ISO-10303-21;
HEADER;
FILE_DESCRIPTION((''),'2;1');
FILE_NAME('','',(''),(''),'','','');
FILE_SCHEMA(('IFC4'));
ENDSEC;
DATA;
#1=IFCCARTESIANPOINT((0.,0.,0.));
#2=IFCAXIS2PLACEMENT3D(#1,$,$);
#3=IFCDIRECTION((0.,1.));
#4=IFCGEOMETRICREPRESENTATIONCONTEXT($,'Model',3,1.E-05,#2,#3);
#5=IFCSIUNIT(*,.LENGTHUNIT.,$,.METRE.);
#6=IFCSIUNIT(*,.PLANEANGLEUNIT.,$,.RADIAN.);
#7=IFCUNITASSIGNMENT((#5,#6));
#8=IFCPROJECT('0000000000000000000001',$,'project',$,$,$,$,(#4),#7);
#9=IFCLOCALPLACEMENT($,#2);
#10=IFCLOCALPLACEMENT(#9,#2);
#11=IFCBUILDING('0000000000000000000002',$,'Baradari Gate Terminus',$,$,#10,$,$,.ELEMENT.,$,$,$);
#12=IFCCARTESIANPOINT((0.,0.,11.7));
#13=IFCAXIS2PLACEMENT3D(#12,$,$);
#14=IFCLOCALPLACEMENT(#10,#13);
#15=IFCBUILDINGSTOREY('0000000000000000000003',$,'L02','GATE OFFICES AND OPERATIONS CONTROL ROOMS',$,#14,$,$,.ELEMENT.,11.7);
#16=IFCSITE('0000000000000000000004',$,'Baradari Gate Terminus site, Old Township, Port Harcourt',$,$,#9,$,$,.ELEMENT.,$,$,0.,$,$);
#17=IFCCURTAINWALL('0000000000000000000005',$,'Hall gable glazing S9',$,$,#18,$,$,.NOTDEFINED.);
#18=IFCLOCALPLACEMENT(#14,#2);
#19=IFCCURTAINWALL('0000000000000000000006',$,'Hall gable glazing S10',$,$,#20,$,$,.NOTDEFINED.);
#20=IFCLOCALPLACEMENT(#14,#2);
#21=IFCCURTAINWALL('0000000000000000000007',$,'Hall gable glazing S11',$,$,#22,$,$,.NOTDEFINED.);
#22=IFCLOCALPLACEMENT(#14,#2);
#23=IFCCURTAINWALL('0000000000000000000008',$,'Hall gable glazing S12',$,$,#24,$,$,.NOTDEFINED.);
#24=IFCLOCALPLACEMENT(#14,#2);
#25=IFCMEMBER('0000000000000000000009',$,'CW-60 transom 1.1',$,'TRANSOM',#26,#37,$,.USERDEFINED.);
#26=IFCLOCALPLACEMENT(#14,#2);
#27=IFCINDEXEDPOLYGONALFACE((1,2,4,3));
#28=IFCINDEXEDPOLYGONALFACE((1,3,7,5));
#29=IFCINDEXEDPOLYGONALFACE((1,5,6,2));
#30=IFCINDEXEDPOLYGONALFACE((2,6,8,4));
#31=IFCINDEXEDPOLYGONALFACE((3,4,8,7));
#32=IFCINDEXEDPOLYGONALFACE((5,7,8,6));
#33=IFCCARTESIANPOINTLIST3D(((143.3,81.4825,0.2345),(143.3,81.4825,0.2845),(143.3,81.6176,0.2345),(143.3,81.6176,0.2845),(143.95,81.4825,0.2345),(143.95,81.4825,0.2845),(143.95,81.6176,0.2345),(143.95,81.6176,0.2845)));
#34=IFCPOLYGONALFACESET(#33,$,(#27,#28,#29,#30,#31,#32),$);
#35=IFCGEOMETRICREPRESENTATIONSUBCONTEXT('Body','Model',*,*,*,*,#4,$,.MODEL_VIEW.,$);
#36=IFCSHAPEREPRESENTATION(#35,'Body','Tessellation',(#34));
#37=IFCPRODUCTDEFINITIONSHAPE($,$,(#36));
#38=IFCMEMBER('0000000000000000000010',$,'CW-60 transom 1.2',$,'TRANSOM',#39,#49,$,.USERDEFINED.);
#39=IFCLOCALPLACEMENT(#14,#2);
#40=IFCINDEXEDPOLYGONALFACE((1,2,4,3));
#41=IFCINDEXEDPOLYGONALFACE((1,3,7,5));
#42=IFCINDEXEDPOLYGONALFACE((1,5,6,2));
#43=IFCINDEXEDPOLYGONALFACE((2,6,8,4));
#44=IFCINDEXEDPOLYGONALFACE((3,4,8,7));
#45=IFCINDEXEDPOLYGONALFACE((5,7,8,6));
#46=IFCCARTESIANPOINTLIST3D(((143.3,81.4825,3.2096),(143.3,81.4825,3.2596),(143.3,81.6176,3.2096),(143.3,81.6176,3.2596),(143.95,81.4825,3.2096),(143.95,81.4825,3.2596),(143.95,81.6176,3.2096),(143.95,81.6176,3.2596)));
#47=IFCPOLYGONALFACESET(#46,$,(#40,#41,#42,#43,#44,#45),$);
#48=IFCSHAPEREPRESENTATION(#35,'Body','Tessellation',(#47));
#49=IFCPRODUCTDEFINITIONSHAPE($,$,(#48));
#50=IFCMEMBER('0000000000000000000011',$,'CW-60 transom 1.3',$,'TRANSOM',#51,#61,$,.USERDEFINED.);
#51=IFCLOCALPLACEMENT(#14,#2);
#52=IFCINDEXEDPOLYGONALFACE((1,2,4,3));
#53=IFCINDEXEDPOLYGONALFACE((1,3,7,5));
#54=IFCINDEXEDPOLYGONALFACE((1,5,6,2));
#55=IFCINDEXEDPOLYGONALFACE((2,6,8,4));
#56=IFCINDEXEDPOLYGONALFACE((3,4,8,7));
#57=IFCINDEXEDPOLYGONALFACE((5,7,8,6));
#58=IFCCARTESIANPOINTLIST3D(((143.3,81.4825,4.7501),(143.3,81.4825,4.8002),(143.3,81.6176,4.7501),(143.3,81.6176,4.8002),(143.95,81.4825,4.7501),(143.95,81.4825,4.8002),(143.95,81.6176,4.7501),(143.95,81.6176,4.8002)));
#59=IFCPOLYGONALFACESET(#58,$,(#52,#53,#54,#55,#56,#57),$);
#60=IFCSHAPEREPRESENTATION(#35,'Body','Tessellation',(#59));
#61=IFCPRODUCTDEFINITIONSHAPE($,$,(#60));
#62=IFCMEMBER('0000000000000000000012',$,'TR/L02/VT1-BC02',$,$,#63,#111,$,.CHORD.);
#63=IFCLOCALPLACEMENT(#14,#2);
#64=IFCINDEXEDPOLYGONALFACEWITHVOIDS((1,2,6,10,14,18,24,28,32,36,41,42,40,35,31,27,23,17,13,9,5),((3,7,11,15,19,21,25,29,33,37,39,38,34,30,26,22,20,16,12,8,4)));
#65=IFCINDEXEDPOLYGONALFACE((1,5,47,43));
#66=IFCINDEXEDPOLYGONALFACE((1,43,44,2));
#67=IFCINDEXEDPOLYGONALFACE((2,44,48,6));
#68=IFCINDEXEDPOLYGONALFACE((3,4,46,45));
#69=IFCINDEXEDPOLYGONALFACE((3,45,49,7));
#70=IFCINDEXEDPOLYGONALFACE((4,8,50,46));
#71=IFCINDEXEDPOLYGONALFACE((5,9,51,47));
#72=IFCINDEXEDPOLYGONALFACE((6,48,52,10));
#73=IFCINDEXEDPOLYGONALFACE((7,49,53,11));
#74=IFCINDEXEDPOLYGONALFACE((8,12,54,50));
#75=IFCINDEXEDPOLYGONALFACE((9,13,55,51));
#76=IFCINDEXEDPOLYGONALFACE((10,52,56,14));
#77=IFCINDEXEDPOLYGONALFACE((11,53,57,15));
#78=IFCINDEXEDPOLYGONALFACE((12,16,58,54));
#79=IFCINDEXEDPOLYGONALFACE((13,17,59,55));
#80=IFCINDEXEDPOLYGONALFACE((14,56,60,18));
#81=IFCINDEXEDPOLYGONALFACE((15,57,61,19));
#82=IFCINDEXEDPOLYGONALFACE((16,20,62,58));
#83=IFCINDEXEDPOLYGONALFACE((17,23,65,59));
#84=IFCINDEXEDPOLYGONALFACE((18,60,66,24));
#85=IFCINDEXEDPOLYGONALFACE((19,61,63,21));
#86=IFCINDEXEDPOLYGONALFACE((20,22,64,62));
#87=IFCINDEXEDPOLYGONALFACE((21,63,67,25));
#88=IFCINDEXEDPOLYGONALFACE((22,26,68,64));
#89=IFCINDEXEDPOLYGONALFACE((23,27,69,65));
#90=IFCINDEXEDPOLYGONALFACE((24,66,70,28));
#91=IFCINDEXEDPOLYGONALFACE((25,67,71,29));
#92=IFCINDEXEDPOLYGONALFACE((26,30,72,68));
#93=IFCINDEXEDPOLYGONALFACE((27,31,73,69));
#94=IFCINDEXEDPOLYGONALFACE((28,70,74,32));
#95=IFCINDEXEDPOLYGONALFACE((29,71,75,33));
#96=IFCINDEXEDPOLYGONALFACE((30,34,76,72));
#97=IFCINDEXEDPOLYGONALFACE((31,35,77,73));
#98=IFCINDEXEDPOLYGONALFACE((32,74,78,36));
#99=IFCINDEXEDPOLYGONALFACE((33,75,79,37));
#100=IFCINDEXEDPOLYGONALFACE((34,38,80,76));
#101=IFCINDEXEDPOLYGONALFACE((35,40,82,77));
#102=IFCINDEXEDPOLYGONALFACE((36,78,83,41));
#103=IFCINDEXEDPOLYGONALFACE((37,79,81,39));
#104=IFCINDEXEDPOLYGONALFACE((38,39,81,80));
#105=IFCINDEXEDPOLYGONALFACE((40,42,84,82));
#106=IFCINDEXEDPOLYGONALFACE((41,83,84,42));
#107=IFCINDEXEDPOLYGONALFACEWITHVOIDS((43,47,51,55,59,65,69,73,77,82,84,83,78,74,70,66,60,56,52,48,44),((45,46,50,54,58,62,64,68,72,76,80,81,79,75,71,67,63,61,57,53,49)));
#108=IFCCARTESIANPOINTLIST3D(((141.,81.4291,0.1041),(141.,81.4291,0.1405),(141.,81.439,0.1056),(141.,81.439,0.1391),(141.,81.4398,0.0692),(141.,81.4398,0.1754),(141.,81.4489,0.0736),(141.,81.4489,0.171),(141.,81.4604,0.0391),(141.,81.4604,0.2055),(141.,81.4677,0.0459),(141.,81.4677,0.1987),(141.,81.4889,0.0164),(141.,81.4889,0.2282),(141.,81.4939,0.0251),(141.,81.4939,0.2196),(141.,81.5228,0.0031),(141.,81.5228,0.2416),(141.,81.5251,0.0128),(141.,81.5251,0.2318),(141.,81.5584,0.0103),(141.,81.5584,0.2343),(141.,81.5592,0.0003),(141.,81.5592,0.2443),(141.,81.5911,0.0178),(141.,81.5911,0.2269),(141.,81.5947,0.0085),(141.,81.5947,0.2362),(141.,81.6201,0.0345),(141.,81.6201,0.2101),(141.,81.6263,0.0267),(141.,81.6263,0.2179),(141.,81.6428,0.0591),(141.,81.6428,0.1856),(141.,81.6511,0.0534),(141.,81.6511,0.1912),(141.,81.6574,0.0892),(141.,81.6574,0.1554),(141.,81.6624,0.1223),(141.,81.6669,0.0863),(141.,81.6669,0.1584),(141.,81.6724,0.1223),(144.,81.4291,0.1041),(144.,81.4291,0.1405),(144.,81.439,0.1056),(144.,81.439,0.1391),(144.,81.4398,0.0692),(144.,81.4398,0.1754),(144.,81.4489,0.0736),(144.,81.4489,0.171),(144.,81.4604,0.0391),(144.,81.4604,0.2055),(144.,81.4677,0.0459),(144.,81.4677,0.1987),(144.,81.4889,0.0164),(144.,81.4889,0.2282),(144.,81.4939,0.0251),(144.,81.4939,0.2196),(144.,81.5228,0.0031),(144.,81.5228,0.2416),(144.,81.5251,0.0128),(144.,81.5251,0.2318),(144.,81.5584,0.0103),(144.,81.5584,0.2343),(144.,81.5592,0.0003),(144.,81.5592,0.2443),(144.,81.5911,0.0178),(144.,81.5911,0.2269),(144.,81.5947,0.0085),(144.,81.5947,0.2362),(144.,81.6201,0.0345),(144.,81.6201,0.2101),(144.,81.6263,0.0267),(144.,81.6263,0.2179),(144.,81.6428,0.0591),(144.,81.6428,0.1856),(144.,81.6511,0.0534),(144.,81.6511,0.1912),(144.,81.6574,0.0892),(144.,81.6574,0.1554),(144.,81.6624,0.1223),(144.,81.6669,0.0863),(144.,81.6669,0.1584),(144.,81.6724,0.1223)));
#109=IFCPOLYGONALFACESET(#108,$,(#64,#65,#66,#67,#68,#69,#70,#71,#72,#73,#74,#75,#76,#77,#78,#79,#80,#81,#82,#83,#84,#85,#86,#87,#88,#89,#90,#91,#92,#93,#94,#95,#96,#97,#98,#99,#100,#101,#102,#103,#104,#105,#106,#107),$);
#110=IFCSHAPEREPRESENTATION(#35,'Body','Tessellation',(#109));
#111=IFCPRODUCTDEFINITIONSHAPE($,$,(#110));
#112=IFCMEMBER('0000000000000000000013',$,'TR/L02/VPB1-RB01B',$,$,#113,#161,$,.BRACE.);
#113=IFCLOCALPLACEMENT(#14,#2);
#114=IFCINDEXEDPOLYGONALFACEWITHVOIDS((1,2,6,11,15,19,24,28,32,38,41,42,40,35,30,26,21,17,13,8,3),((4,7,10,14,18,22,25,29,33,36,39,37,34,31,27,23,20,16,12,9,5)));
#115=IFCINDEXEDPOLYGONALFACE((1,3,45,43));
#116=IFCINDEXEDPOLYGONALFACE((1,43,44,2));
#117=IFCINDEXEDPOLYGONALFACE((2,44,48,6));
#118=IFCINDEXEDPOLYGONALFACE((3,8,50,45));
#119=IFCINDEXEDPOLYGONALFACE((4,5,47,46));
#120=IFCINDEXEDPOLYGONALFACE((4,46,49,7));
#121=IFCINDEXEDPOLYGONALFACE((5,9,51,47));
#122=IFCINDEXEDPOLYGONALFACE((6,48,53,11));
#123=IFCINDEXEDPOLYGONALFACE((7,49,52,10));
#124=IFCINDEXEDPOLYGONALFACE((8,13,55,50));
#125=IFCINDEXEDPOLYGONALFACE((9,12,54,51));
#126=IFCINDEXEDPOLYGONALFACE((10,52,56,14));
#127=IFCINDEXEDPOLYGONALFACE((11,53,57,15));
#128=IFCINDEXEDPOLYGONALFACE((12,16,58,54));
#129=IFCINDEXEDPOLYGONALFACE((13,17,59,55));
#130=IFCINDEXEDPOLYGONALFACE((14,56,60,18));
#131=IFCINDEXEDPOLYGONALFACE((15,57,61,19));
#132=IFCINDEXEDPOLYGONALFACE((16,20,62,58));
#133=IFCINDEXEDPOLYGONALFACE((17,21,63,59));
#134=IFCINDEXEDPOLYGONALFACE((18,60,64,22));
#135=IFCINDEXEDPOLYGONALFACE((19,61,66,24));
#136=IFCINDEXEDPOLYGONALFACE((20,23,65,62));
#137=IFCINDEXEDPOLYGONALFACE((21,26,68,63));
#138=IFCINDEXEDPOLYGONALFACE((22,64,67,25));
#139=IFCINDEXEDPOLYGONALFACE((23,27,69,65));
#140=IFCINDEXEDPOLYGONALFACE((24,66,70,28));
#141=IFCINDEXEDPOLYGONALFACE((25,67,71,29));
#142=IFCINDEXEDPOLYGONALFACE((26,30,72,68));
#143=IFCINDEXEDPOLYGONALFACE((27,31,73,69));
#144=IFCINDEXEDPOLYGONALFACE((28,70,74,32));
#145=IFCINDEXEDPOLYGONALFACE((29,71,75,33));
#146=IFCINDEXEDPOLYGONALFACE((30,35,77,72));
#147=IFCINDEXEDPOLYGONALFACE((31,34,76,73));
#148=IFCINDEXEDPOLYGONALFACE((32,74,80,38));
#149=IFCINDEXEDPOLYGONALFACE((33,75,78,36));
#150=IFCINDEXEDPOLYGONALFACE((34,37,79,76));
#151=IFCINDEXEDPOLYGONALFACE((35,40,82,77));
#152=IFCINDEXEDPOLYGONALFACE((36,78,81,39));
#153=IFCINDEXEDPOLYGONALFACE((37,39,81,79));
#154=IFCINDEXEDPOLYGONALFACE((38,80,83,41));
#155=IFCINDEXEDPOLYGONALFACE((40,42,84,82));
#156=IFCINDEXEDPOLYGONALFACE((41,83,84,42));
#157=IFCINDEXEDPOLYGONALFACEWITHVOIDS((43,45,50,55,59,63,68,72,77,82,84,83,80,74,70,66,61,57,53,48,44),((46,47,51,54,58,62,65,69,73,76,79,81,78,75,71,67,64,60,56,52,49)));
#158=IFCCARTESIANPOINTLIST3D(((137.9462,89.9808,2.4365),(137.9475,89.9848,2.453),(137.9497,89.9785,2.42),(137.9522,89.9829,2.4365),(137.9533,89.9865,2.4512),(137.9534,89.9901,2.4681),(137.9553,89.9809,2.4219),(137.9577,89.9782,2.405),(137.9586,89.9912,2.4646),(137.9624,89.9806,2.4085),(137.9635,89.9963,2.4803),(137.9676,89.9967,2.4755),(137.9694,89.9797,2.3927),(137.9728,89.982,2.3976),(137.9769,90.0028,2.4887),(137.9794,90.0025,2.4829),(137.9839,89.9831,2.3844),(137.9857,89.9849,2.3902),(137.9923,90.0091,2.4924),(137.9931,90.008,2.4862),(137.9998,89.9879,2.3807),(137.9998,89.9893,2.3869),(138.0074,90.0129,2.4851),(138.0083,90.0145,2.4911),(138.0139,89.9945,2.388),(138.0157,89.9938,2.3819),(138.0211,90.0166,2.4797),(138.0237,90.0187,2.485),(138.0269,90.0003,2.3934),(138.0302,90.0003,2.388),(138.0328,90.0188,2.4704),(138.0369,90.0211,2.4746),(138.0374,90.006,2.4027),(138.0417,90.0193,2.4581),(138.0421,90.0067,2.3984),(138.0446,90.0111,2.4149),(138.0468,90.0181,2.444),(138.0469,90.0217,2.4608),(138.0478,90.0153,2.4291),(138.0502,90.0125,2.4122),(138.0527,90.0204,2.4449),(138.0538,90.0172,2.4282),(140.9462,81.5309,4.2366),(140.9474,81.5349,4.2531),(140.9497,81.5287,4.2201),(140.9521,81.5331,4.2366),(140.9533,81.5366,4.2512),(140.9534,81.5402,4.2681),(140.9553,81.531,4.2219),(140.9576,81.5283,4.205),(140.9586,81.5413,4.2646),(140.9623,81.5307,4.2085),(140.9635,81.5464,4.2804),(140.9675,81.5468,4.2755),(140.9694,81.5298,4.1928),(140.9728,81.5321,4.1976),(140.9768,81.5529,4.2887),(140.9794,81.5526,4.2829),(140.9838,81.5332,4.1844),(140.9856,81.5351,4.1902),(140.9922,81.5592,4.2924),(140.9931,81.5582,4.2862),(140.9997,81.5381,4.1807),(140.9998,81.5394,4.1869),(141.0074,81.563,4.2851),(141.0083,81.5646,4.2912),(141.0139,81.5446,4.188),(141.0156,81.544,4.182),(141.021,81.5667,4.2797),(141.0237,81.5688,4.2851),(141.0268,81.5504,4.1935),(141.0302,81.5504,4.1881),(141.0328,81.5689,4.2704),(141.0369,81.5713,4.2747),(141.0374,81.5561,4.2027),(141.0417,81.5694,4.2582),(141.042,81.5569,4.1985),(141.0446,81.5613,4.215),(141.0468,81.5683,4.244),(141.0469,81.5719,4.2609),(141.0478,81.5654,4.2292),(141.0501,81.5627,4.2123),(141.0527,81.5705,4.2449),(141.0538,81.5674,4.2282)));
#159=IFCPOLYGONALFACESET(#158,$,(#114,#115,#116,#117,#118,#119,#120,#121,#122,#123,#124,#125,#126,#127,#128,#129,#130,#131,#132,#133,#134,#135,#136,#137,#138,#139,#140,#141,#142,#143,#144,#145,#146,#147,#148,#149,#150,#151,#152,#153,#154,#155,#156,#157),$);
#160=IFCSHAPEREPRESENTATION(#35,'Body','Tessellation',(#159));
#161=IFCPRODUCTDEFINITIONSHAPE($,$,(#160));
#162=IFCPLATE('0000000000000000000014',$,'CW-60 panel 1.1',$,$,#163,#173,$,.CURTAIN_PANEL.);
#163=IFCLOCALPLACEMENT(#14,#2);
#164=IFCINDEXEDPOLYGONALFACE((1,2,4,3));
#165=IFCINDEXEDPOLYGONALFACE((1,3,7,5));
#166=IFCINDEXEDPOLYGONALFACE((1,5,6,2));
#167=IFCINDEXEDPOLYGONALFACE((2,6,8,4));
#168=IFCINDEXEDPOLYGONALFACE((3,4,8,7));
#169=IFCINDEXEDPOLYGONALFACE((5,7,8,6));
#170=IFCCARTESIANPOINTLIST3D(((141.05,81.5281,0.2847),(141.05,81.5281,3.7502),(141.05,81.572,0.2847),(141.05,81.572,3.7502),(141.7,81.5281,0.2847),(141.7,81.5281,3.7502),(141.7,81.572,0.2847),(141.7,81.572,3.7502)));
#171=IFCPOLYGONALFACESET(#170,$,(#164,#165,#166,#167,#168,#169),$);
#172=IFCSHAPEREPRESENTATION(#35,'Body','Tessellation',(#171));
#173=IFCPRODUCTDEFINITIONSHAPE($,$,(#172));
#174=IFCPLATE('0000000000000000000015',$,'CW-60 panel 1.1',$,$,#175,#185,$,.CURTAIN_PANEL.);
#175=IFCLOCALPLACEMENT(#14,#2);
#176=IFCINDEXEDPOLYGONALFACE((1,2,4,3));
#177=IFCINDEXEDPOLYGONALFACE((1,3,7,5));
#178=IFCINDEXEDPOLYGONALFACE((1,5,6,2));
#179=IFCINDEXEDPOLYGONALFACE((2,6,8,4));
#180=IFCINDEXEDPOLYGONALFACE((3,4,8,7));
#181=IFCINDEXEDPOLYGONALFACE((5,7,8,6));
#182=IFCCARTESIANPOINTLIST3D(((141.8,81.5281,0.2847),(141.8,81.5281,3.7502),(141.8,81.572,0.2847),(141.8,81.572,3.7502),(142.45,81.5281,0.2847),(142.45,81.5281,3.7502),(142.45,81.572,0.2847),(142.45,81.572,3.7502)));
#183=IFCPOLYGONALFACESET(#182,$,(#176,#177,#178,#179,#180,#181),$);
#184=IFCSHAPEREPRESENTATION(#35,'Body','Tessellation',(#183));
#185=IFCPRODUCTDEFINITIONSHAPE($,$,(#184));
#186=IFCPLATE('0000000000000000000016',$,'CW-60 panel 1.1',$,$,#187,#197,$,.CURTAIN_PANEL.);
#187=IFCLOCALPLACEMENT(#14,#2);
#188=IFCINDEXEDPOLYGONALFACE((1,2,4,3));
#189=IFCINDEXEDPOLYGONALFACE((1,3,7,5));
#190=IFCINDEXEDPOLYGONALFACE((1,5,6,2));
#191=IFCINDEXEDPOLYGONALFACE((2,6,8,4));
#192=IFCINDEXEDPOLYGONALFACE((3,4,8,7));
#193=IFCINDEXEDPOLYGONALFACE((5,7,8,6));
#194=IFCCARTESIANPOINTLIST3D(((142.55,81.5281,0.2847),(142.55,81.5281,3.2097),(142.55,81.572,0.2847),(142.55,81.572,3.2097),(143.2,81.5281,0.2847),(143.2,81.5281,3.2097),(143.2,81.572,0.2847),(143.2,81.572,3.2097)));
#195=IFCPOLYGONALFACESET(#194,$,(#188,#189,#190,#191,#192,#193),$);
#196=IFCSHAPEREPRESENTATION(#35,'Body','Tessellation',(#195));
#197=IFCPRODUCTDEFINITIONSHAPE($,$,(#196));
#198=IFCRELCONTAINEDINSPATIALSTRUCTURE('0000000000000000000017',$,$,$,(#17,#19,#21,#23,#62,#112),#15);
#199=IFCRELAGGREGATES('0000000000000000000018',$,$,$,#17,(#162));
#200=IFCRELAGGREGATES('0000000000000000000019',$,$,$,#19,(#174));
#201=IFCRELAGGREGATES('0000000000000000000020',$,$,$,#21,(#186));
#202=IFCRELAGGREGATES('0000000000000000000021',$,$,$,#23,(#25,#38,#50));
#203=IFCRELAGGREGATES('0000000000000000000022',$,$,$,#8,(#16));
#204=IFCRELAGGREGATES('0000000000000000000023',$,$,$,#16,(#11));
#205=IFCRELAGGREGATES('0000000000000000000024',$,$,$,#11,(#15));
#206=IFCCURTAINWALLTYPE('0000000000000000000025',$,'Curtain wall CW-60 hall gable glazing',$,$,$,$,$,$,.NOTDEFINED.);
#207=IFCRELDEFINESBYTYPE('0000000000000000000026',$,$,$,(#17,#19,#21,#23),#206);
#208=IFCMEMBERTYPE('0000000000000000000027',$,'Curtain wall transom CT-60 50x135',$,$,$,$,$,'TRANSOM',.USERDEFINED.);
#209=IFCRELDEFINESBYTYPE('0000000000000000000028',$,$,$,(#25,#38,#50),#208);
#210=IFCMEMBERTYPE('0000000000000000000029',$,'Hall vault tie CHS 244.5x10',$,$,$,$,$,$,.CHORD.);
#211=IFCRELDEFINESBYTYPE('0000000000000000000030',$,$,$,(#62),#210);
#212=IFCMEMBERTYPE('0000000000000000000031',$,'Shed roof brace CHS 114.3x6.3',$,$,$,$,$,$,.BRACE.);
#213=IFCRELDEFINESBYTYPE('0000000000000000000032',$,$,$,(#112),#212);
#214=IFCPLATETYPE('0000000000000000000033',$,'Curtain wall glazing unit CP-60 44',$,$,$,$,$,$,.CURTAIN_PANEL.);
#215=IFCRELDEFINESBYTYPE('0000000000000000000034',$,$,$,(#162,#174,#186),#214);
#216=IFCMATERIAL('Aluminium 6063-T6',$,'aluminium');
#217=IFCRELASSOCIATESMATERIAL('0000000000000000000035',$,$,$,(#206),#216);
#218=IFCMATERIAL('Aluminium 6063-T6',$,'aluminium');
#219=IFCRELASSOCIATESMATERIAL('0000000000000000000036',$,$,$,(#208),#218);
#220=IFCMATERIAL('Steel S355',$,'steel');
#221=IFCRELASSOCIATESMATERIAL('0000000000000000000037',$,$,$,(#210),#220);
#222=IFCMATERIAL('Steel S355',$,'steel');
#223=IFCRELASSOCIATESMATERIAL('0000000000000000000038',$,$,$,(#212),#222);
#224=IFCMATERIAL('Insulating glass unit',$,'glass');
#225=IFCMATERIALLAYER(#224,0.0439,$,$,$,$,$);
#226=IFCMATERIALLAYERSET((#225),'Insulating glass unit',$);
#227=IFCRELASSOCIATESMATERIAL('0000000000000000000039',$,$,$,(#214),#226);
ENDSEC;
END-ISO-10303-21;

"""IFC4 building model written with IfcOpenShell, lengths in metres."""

from ifc_helpers import new_model, si_unit, direction, frame, origin, origin_2d, place, context, subcontext, project, spatial, rectangle, hollow_circle, extrude, material, layer, layer_set, material_profile, profile_set, type_object, element, aggregate, save


model = new_model("IFC4")

# Units and contexts
model_context = context("Model", 3, precision=1e-05, world=origin(), true_north=direction((0.0, 1.0)))
body_context = subcontext(model_context, "Body", "Model", "MODEL_VIEW")
ifc_project = project(units=[si_unit("LENGTHUNIT", "METRE"), si_unit("PLANEANGLEUNIT", "RADIAN")], contexts=[model_context])

# Site, building, storey
site_placement = place(None, origin())
site = spatial("IfcSite", under=ifc_project, at=site_placement, Name="Baradari Gate Terminus site, Old Township, Port Harcourt", CompositionType="ELEMENT", RefElevation=0.0)
building_placement = place(site_placement, origin())
building = spatial("IfcBuilding", under=site, at=building_placement, Name="Baradari Gate Terminus", CompositionType="ELEMENT")
storey_placement = place(building_placement, frame((0.0, 0.0, 11.7)))
storey = spatial("IfcBuildingStorey", under=building, at=storey_placement, Name="L02", Description="GATE OFFICES AND OPERATIONS CONTROL ROOMS", CompositionType="ELEMENT", Elevation=11.7)

# Curtain walls
ifc_material_1 = material(Name="Aluminium 6063-T6", Category="aluminium")
curtain_wall_type = type_object("IfcCurtainWallType", Name="Curtain wall CW-60 hall gable glazing", PredefinedType="NOTDEFINED", material=ifc_material_1)
curtain_wall_1_placement = place(storey_placement, origin())
curtain_wall_1 = element("IfcCurtainWall", 1, at=curtain_wall_1_placement, inside=storey, type_object=curtain_wall_type, Name="Hall gable glazing S9", PredefinedType="NOTDEFINED")
curtain_wall_2_placement = place(storey_placement, origin())
curtain_wall_2 = element("IfcCurtainWall", 2, at=curtain_wall_2_placement, inside=storey, type_object=curtain_wall_type, Name="Hall gable glazing S10", PredefinedType="NOTDEFINED")
curtain_wall_3_placement = place(storey_placement, origin())
curtain_wall_3 = element("IfcCurtainWall", 3, at=curtain_wall_3_placement, inside=storey, type_object=curtain_wall_type, Name="Hall gable glazing S11", PredefinedType="NOTDEFINED")
curtain_wall_4_placement = place(storey_placement, origin())
curtain_wall_4 = element("IfcCurtainWall", 4, at=curtain_wall_4_placement, inside=storey, type_object=curtain_wall_type, Name="Hall gable glazing S12", PredefinedType="NOTDEFINED")

# Members
ifc_material_2 = material(Name="Aluminium 6063-T6", Category="aluminium")
ifc_material_profile_1 = material_profile(ifc_material_2, rectangle(XDim=0.135, YDim=0.05, at=origin_2d()), Name="CT-60 50X135")
ifc_profile_set_1 = profile_set([ifc_material_profile_1], Name="Aluminium 6063-T6")
member_type_1 = type_object("IfcMemberType", Name="Curtain wall transom CT-60 50x135", ElementType="TRANSOM", PredefinedType="USERDEFINED", material=ifc_profile_set_1)
member_1_placement = place(storey_placement, frame((143.3, 81.55, 0.2595), z_axis=(1.0, 0.0, 0.0), x_axis=(0.0, 1.0, 0.0)))
member_1 = element("IfcMember", 5, at=member_1_placement, type_object=member_type_1, Name="CW-60 transom 1.1", ObjectType="TRANSOM", PredefinedType="USERDEFINED", context=body_context, shape_type="SweptSolid", body=[
    extrude(rectangle(XDim=0.135, YDim=0.05, at=origin_2d()), origin(), (0.0, 0.0, 1.0), 0.6499),
])
member_2_placement = place(storey_placement, frame((143.3, 81.55, 3.2346), z_axis=(1.0, 0.0, 0.0), x_axis=(0.0, 1.0, 0.0)))
member_2 = element("IfcMember", 6, at=member_2_placement, type_object=member_type_1, Name="CW-60 transom 1.2", ObjectType="TRANSOM", PredefinedType="USERDEFINED", context=body_context, shape_type="SweptSolid", body=[
    extrude(rectangle(XDim=0.135, YDim=0.05, at=origin_2d()), origin(), (0.0, 0.0, 1.0), 0.6499),
])
member_3_placement = place(storey_placement, frame((143.3, 81.55, 4.7751), z_axis=(1.0, 0.0, 0.0), x_axis=(0.0, 1.0, 0.0)))
member_3 = element("IfcMember", 7, at=member_3_placement, type_object=member_type_1, Name="CW-60 transom 1.3", ObjectType="TRANSOM", PredefinedType="USERDEFINED", context=body_context, shape_type="SweptSolid", body=[
    extrude(rectangle(XDim=0.135, YDim=0.05, at=origin_2d()), origin(), (0.0, 0.0, 1.0), 0.6499),
])

# Members
ifc_material_3 = material(Name="Steel S355", Category="steel")
ifc_material_profile_2 = material_profile(ifc_material_3, hollow_circle(Radius=0.1223, WallThickness=0.01, at=origin_2d()), Name="CHS 244.5x10")
ifc_profile_set_2 = profile_set([ifc_material_profile_2], Name="Steel S355")
member_type_2 = type_object("IfcMemberType", Name="Hall vault tie CHS 244.5x10", PredefinedType="CHORD", material=ifc_profile_set_2)
member_4_placement = place(storey_placement, frame((141.0, 81.55, 0.1223), z_axis=(1.0, 0.0, 0.0), x_axis=(0.0, 1.0, 0.0)))
element("IfcMember", 8, at=member_4_placement, inside=storey, type_object=member_type_2, Name="TR/L02/VT1-BC02", PredefinedType="CHORD", context=body_context, shape_type="SweptSolid", body=[
    extrude(hollow_circle(Radius=0.1223, WallThickness=0.01, at=origin_2d()), origin(), (0.0, 0.0, 1.0), 3.0),
])
ifc_material_4 = material(Name="Steel S355", Category="steel")
ifc_material_profile_3 = material_profile(ifc_material_4, hollow_circle(Radius=0.0571, WallThickness=0.0063, at=origin_2d()), Name="CHS 114.3x6.3")
ifc_profile_set_3 = profile_set([ifc_material_profile_3], Name="Steel S355")
member_type_3 = type_object("IfcMemberType", Name="Shed roof brace CHS 114.3x6.3", PredefinedType="BRACE", material=ifc_profile_set_3)
member_5_placement = place(storey_placement, frame((141.0, 81.55, 4.2366), z_axis=(-0.328027, 0.923937, -0.196821), x_axis=(-0.94237, -0.334571, 0.0)))
element("IfcMember", 9, at=member_5_placement, inside=storey, type_object=member_type_3, Name="TR/L02/VPB1-RB01B", PredefinedType="BRACE", context=body_context, shape_type="SweptSolid", body=[
    extrude(hollow_circle(Radius=0.0571, WallThickness=0.0063, at=origin_2d()), origin(), (0.0, 0.0, 1.0), 9.1455),
])

# Plates
ifc_material_5 = material(Name="Insulating glass unit", Category="glass")
ifc_layer = layer(ifc_material_5, 0.0439)
ifc_layer_set = layer_set([ifc_layer], Name="Insulating glass unit")
plate_type = type_object("IfcPlateType", Name="Curtain wall glazing unit CP-60 44", PredefinedType="CURTAIN_PANEL", material=ifc_layer_set)
plate_1_placement = place(storey_placement, frame((141.375, 81.55, 0.2847), z_axis=(0.0, 0.0, 1.0), x_axis=(1.0, 0.0, 0.0)))
plate_1 = element("IfcPlate", 10, at=plate_1_placement, type_object=plate_type, Name="CW-60 panel 1.1", PredefinedType="CURTAIN_PANEL", context=body_context, shape_type="SweptSolid", body=[
    extrude(rectangle(XDim=0.6499, YDim=0.0439, at=origin_2d()), origin(), (0.0, 0.0, 1.0), 3.4656),
])
aggregate(curtain_wall_1, [plate_1])
plate_2_placement = place(storey_placement, frame((142.125, 81.55, 0.2847), z_axis=(0.0, 0.0, 1.0), x_axis=(1.0, 0.0, 0.0)))
plate_2 = element("IfcPlate", 11, at=plate_2_placement, type_object=plate_type, Name="CW-60 panel 1.1", PredefinedType="CURTAIN_PANEL", context=body_context, shape_type="SweptSolid", body=[
    extrude(rectangle(XDim=0.6499, YDim=0.0439, at=origin_2d()), origin(), (0.0, 0.0, 1.0), 3.4656),
])
aggregate(curtain_wall_2, [plate_2])
plate_3_placement = place(storey_placement, frame((142.875, 81.55, 0.2847), z_axis=(0.0, 0.0, 1.0), x_axis=(1.0, 0.0, 0.0)))
plate_3 = element("IfcPlate", 12, at=plate_3_placement, type_object=plate_type, Name="CW-60 panel 1.1", PredefinedType="CURTAIN_PANEL", context=body_context, shape_type="SweptSolid", body=[
    extrude(rectangle(XDim=0.6499, YDim=0.0439, at=origin_2d()), origin(), (0.0, 0.0, 1.0), 2.925),
])
aggregate(curtain_wall_3, [plate_3])
aggregate(curtain_wall_4, [member_1, member_2, member_3])

save(model, "model.ifc")
